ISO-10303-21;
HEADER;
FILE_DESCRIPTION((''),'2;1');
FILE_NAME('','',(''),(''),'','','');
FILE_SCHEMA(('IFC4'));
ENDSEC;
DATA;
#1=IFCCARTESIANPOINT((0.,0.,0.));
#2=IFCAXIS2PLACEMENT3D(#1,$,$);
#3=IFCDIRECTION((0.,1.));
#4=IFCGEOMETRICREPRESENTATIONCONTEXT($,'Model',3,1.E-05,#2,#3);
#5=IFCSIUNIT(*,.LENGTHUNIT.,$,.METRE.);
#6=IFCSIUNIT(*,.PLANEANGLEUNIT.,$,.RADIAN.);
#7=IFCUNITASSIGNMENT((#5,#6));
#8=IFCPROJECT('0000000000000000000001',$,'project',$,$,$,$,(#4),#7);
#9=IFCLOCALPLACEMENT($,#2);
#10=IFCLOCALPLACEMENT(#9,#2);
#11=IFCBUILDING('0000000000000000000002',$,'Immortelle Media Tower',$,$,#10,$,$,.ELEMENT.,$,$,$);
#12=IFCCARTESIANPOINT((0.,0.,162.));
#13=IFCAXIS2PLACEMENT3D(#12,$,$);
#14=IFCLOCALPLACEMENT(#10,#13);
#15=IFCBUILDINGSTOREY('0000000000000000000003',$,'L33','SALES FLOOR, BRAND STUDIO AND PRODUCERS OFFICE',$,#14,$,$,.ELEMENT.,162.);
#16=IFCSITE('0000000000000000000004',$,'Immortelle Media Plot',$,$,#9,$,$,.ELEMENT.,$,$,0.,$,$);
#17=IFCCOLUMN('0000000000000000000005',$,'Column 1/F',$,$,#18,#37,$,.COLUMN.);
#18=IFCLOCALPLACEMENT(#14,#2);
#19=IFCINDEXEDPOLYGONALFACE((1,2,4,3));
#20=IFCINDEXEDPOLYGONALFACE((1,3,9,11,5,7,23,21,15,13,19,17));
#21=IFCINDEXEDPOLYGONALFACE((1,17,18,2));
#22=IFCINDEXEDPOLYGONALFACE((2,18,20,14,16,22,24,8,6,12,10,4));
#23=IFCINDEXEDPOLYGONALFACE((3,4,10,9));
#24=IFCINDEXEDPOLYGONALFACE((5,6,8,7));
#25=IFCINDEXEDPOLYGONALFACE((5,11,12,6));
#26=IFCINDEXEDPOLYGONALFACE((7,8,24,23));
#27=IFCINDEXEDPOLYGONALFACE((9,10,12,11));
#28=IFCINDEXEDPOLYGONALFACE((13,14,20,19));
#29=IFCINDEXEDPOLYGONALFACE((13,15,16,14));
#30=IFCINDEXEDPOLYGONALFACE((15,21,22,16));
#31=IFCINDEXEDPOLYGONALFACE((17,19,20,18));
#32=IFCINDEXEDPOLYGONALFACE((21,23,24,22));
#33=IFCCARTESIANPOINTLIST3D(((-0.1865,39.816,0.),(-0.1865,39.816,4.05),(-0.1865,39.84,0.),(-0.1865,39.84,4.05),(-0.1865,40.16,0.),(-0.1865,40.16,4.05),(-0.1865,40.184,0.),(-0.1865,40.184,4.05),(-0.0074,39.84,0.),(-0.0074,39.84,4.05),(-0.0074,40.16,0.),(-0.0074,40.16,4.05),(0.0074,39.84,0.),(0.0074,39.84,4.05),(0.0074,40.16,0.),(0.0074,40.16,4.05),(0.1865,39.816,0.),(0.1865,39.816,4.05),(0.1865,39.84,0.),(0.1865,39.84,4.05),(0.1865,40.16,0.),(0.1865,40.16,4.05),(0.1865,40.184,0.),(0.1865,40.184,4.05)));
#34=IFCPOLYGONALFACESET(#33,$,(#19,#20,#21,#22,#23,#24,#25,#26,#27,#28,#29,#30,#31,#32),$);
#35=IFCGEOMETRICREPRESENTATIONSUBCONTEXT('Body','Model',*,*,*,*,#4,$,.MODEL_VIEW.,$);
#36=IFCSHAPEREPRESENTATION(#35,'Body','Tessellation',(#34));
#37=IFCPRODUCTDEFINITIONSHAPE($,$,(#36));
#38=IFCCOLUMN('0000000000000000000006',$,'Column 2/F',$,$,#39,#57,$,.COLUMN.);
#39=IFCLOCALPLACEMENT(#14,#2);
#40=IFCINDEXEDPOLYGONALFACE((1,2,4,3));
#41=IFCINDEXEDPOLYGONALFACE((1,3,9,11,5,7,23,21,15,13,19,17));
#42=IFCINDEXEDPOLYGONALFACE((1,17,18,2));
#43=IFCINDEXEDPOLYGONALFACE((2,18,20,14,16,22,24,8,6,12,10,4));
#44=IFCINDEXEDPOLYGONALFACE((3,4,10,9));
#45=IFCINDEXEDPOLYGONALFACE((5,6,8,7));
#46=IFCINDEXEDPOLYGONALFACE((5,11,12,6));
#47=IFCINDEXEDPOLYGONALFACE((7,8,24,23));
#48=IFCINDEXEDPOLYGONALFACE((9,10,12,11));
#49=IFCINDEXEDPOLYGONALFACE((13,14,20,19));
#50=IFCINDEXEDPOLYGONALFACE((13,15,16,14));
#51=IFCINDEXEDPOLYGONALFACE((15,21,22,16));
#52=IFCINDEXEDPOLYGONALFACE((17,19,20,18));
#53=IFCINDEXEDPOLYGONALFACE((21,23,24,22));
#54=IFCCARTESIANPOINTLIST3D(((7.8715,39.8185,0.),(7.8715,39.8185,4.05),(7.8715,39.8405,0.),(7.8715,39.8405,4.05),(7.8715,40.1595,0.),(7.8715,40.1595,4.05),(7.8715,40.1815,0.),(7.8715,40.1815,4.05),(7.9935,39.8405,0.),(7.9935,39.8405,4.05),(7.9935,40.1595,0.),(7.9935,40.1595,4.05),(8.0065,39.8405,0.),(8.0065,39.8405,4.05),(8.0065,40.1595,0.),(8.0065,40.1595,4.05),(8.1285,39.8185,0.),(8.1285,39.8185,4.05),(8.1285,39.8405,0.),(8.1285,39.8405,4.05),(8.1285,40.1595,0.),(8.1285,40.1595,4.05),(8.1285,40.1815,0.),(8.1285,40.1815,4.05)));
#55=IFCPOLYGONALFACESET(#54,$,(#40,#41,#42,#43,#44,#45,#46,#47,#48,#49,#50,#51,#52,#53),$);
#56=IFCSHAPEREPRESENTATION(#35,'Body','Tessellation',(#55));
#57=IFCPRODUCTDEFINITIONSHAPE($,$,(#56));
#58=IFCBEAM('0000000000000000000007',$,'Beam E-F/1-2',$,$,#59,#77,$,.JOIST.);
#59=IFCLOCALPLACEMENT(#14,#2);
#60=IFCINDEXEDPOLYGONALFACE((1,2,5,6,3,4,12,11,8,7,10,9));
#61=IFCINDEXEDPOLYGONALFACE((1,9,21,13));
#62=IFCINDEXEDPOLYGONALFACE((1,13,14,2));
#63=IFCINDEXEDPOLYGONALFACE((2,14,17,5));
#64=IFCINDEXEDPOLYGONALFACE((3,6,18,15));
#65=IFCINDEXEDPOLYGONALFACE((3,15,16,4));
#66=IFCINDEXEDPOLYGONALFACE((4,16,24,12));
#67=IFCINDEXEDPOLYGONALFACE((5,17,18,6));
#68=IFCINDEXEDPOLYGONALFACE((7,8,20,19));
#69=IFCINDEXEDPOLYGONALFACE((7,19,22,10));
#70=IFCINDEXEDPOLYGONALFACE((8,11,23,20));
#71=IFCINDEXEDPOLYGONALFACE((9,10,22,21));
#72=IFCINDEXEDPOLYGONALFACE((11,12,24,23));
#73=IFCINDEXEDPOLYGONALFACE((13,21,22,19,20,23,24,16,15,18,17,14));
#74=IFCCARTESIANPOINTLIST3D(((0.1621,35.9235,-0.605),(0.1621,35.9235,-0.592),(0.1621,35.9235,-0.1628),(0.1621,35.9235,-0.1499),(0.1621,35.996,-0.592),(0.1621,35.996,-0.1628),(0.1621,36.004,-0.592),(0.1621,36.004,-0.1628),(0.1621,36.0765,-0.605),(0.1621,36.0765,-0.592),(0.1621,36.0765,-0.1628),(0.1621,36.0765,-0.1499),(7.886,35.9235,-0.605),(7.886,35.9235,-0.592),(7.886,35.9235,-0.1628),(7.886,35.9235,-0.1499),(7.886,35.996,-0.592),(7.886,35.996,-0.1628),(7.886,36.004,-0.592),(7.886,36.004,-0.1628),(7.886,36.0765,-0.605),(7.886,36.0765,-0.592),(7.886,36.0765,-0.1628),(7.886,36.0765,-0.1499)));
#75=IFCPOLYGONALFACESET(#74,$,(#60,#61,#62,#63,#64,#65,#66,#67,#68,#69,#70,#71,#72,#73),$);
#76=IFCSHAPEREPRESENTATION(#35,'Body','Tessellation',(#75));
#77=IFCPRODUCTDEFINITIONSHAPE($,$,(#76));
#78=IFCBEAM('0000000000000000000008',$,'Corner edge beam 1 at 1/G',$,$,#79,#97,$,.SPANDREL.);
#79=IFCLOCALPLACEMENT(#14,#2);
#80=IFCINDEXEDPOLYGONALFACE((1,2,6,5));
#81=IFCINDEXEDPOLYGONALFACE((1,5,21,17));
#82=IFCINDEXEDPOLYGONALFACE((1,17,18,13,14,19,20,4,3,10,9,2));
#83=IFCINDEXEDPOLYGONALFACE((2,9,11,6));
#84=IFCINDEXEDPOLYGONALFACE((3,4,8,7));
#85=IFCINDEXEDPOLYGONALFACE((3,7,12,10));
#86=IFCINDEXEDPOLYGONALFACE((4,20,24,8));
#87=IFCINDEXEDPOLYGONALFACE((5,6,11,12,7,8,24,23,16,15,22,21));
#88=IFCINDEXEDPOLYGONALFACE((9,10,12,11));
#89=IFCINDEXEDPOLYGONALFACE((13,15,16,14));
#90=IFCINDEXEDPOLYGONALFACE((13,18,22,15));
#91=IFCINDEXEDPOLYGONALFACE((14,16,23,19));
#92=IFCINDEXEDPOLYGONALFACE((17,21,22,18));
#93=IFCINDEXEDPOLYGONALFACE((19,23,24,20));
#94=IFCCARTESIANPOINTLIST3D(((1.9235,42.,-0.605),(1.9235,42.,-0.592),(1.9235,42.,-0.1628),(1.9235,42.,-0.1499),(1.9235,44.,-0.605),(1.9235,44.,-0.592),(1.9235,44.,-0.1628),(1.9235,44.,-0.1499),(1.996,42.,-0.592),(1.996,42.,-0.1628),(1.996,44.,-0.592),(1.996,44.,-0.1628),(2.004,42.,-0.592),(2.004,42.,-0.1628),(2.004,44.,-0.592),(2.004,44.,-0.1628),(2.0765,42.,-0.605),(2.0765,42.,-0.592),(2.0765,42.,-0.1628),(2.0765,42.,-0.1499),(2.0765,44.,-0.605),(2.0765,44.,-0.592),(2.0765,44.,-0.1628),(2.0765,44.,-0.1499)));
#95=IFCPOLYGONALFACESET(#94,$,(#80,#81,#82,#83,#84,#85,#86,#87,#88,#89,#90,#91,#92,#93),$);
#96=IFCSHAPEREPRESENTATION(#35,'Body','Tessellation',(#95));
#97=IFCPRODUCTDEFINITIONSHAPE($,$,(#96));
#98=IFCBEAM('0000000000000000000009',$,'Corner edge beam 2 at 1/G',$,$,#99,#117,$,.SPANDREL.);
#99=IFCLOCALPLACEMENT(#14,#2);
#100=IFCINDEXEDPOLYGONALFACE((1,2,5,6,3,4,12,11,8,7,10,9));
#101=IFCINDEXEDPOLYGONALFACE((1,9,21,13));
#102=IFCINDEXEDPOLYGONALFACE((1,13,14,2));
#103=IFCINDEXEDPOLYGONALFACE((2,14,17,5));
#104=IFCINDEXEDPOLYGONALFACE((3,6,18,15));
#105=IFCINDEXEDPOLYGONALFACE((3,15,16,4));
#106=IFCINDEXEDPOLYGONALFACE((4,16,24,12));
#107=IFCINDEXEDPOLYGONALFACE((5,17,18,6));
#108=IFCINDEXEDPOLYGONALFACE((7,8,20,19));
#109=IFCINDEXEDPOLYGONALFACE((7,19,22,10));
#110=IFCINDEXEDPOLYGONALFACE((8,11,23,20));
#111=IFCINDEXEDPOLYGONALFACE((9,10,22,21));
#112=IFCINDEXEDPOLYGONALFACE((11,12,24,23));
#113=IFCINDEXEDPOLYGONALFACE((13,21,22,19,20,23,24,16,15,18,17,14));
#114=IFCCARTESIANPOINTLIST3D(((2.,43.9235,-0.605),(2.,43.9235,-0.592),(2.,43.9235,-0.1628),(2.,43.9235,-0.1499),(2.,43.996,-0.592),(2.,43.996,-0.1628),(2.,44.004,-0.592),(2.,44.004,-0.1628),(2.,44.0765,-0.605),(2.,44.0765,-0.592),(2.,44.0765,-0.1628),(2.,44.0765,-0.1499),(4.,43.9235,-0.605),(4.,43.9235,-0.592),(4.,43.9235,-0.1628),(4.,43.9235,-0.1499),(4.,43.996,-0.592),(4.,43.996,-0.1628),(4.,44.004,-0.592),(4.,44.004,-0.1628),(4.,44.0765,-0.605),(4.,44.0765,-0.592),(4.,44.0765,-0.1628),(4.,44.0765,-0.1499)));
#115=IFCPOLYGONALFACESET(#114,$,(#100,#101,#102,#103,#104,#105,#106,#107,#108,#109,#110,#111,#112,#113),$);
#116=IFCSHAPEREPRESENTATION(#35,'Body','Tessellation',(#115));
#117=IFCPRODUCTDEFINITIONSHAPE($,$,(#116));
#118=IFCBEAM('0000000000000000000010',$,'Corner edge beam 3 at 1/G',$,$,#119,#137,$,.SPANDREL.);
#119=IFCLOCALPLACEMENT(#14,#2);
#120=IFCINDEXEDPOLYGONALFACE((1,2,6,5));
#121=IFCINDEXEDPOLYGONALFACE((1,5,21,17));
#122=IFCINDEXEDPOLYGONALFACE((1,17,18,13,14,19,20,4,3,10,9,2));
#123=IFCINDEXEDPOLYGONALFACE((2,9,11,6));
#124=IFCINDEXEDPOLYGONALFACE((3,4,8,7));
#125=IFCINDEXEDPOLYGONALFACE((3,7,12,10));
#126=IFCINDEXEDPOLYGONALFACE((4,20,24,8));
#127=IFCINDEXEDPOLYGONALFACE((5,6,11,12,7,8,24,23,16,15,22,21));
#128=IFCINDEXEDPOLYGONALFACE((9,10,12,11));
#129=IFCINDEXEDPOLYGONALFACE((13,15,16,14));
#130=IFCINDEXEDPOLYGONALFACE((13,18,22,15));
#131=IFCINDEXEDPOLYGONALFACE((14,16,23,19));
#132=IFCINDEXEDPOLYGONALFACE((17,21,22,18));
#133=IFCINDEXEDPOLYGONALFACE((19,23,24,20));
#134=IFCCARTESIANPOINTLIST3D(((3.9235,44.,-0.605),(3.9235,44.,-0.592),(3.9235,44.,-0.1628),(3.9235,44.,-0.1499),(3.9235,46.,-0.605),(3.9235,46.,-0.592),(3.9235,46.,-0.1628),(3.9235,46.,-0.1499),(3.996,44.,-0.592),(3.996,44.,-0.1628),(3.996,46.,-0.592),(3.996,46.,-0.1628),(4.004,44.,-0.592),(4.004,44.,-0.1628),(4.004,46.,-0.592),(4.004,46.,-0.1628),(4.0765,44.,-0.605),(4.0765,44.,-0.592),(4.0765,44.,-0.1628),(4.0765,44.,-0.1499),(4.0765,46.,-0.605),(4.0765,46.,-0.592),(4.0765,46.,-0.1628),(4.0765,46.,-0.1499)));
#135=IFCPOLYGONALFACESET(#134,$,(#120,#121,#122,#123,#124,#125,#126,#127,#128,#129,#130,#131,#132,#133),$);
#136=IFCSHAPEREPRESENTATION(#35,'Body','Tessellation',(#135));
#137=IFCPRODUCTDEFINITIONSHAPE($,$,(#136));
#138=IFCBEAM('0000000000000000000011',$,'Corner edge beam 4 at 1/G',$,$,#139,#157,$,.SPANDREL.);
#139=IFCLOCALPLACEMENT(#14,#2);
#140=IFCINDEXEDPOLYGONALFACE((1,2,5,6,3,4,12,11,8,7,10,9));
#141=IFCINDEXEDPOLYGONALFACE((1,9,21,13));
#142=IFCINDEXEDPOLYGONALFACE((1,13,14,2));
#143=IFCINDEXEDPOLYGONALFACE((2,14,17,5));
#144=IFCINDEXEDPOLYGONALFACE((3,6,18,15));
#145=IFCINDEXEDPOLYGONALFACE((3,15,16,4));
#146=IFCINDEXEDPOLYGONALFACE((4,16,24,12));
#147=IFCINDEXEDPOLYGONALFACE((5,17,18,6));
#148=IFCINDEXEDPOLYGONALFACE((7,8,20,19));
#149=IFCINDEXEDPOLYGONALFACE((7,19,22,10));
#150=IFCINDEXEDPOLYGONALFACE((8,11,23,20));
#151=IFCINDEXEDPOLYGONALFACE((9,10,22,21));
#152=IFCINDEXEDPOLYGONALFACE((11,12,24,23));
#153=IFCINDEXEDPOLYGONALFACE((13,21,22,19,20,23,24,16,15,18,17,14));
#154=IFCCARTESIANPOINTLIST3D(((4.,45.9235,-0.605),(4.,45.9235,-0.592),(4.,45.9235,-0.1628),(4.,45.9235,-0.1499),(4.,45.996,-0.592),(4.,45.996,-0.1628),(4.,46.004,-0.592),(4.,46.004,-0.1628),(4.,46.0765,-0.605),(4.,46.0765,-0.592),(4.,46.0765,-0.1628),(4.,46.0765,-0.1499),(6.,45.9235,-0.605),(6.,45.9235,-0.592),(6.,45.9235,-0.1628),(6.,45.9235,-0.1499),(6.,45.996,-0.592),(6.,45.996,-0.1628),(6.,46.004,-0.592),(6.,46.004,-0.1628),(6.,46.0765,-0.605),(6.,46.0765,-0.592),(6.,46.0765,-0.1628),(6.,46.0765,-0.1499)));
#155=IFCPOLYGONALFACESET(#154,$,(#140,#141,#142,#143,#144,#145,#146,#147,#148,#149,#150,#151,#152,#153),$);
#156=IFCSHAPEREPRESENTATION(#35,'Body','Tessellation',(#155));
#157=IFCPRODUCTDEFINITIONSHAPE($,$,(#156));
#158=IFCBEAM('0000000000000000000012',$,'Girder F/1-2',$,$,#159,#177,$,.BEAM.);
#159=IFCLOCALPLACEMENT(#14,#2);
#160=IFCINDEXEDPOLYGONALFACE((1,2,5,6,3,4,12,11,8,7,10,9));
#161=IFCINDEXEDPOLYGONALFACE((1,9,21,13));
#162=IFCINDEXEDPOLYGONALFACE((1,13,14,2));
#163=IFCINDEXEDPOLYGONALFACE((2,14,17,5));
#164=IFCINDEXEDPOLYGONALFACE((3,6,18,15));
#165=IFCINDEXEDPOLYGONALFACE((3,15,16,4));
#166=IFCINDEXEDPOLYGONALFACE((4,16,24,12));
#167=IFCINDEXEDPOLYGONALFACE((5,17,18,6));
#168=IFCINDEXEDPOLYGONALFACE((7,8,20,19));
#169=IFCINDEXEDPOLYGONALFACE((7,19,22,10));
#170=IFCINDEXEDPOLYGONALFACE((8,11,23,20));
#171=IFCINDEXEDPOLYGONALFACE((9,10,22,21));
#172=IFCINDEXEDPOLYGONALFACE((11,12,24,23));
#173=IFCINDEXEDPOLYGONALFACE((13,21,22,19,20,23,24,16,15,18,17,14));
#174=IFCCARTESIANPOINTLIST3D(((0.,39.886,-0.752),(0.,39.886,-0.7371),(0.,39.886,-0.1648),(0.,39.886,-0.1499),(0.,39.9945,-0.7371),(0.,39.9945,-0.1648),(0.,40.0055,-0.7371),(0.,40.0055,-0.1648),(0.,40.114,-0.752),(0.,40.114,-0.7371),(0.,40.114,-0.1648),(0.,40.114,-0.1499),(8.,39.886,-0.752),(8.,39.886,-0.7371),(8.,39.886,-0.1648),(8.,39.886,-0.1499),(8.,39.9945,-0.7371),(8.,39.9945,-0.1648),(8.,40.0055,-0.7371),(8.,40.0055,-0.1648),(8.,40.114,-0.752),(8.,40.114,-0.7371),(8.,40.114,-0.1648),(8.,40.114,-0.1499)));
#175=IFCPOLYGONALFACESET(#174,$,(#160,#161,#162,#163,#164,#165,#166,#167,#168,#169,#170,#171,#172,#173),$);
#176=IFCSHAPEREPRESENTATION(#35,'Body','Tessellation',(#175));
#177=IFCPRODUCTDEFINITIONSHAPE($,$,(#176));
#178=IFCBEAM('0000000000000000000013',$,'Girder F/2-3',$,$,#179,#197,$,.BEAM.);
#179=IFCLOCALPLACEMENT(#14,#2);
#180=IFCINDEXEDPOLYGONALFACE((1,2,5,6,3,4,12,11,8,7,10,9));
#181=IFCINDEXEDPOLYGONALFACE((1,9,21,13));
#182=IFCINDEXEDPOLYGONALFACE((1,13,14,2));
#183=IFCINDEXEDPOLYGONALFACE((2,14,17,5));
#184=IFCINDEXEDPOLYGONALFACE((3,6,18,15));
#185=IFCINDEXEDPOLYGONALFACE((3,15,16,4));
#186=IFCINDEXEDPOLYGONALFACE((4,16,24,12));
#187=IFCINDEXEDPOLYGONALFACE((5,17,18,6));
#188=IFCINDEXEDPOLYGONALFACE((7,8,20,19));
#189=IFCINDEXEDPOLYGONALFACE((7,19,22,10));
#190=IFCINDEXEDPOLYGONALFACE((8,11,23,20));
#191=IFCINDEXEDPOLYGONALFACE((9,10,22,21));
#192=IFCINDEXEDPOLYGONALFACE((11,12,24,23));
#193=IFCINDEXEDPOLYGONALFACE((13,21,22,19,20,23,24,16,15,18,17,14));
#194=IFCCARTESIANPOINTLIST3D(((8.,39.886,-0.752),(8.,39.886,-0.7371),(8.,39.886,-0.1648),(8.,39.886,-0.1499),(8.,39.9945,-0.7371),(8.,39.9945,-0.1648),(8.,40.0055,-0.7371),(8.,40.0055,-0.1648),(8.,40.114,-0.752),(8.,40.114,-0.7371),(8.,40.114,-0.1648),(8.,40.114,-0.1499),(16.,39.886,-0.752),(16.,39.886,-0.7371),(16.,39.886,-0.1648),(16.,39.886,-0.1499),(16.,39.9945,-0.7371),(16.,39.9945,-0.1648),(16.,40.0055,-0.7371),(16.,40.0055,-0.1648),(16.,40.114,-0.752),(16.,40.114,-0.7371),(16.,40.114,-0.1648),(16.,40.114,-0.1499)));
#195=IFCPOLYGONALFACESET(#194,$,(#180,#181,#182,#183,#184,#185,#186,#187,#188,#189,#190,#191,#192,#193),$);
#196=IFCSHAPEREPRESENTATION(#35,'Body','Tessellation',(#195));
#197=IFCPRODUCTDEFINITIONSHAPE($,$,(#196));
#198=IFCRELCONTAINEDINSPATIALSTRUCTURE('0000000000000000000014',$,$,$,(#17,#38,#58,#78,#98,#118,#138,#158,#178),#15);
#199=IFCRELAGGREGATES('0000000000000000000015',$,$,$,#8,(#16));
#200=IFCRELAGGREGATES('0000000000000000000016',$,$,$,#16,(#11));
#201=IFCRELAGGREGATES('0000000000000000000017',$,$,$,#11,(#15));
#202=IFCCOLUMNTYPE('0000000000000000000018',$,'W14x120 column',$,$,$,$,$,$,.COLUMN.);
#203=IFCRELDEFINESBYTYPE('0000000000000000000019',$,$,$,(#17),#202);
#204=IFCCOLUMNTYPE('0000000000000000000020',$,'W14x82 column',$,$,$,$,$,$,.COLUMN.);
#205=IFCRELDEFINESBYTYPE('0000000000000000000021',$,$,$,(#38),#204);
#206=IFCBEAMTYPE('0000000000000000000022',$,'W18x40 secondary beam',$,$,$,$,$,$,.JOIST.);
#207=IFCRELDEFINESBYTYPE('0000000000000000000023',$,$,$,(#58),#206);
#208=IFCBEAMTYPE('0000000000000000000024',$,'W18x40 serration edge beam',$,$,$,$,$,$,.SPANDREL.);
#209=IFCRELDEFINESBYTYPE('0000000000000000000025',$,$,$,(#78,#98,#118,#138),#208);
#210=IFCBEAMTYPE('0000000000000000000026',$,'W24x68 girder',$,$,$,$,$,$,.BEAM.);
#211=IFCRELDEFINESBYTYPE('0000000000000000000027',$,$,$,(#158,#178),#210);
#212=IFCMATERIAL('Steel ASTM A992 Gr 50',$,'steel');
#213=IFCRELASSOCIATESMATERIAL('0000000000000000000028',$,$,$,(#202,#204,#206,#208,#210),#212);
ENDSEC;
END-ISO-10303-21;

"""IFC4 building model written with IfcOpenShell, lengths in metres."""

from ifc_helpers import new_model, si_unit, direction, frame, origin, origin_2d, place, context, subcontext, project, spatial, i_section, extrude, material, material_profile, profile_set, type_object, element, save


model = new_model("IFC4")

# Units and contexts
model_context = context("Model", 3, precision=1e-05, world=origin(), true_north=direction((0.0, 1.0)))
body_context = subcontext(model_context, "Body", "Model", "MODEL_VIEW")
ifc_project = project(units=[si_unit("LENGTHUNIT", "METRE"), si_unit("PLANEANGLEUNIT", "RADIAN")], contexts=[model_context])

# Site, building, storey
site_placement = place(None, origin())
site = spatial("IfcSite", under=ifc_project, at=site_placement, Name="Immortelle Media Plot", CompositionType="ELEMENT", RefElevation=0.0)
building_placement = place(site_placement, origin())
building = spatial("IfcBuilding", under=site, at=building_placement, Name="Immortelle Media Tower", CompositionType="ELEMENT")
storey_placement = place(building_placement, frame((0.0, 0.0, 162.0)))
storey = spatial("IfcBuildingStorey", under=building, at=storey_placement, Name="L33", Description="SALES FLOOR, BRAND STUDIO AND PRODUCERS OFFICE", CompositionType="ELEMENT", Elevation=162.0)

# Columns
ifc_material_1 = material(Name="Steel ASTM A992 Gr 50", Category="steel")
ifc_material_profile_1 = material_profile(ifc_material_1, i_section(OverallWidth=0.373, OverallDepth=0.3679, WebThickness=0.0149, FlangeThickness=0.0239, at=origin_2d()), Name="W14x120")
ifc_profile_set_1 = profile_set([ifc_material_profile_1], Name="Steel ASTM A992 Gr 50")
column_type_1 = type_object("IfcColumnType", Name="W14x120 column", PredefinedType="COLUMN", material=ifc_profile_set_1)
column_1_placement = place(storey_placement, frame((0.0, 40.0, 0.0), z_axis=(0.0, 0.0, 1.0), x_axis=(1.0, 0.0, 0.0)))
element("IfcColumn", 1, at=column_1_placement, inside=storey, type_object=column_type_1, Name="Column 1/F", PredefinedType="COLUMN", context=body_context, shape_type="SweptSolid", body=[
    extrude(i_section(OverallWidth=0.373, OverallDepth=0.3679, WebThickness=0.0149, FlangeThickness=0.0239, at=origin_2d()), origin(), (0.0, 0.0, 1.0), 4.05),
])
ifc_material_profile_2 = material_profile(ifc_material_1, i_section(OverallWidth=0.2571, OverallDepth=0.363, WebThickness=0.0129, FlangeThickness=0.022, at=origin_2d()), Name="W14x82")
ifc_profile_set_2 = profile_set([ifc_material_profile_2], Name="Steel ASTM A992 Gr 50")
column_type_2 = type_object("IfcColumnType", Name="W14x82 column", PredefinedType="COLUMN", material=ifc_profile_set_2)
column_2_placement = place(storey_placement, frame((8.0, 40.0, 0.0), z_axis=(0.0, 0.0, 1.0), x_axis=(1.0, 0.0, 0.0)))
element("IfcColumn", 2, at=column_2_placement, inside=storey, type_object=column_type_2, Name="Column 2/F", PredefinedType="COLUMN", context=body_context, shape_type="SweptSolid", body=[
    extrude(i_section(OverallWidth=0.2571, OverallDepth=0.363, WebThickness=0.0129, FlangeThickness=0.022, at=origin_2d()), origin(), (0.0, 0.0, 1.0), 4.05),
])

# Beams
ifc_material_profile_3 = material_profile(ifc_material_1, i_section(OverallWidth=0.1531, OverallDepth=0.4551, WebThickness=0.0081, FlangeThickness=0.0129, at=origin_2d()), Name="W18x40")
ifc_profile_set_3 = profile_set([ifc_material_profile_3], Name="Steel ASTM A992 Gr 50")
beam_type_1 = type_object("IfcBeamType", Name="W18x40 secondary beam", PredefinedType="JOIST", material=ifc_profile_set_3)
beam_1_placement = place(storey_placement, frame((0.1621, 36.0, -0.3774), z_axis=(1.0, 0.0, 0.0), x_axis=(0.0, 1.0, 0.0)))
element("IfcBeam", 3, at=beam_1_placement, inside=storey, type_object=beam_type_1, Name="Beam E-F/1-2", PredefinedType="JOIST", context=body_context, shape_type="SweptSolid", body=[
    extrude(i_section(OverallWidth=0.1531, OverallDepth=0.4551, WebThickness=0.0081, FlangeThickness=0.0129, at=origin_2d()), origin(), (0.0, 0.0, 1.0), 7.7239),
])
ifc_material_profile_4 = material_profile(ifc_material_1, i_section(OverallWidth=0.1531, OverallDepth=0.4551, WebThickness=0.0081, FlangeThickness=0.0129, at=origin_2d()), Name="W18x40")
ifc_profile_set_4 = profile_set([ifc_material_profile_4], Name="Steel ASTM A992 Gr 50")
beam_type_2 = type_object("IfcBeamType", Name="W18x40 serration edge beam", PredefinedType="SPANDREL", material=ifc_profile_set_4)
for number, where, z_axis, x_axis, name in (
    (4, (2.0, 42.0, -0.3774), (0.0, 1.0, 0.0), (-1.0, 0.0, 0.0), "Corner edge beam 1 at 1/G"),
    (5, (2.0, 44.0, -0.3774), (1.0, 0.0, 0.0), (0.0, 1.0, 0.0), "Corner edge beam 2 at 1/G"),
    (6, (4.0, 44.0, -0.3774), (0.0, 1.0, 0.0), (-1.0, 0.0, 0.0), "Corner edge beam 3 at 1/G"),
    (7, (4.0, 46.0, -0.3774), (1.0, 0.0, 0.0), (0.0, 1.0, 0.0), "Corner edge beam 4 at 1/G"),
):
    element("IfcBeam", number, at=place(storey_placement, frame(where, z_axis=z_axis, x_axis=x_axis)), inside=storey, type_object=beam_type_2, Name=name, PredefinedType="SPANDREL", context=body_context, shape_type="SweptSolid", body=[
        extrude(i_section(OverallWidth=0.1531, OverallDepth=0.4551, WebThickness=0.0081, FlangeThickness=0.0129, at=origin_2d()), origin(), (0.0, 0.0, 1.0), 2.0),
    ])
ifc_material_profile_5 = material_profile(ifc_material_1, i_section(OverallWidth=0.228, OverallDepth=0.6021, WebThickness=0.011, FlangeThickness=0.0149, at=origin_2d()), Name="W24x68")
ifc_profile_set_5 = profile_set([ifc_material_profile_5], Name="Steel ASTM A992 Gr 50")
beam_type_3 = type_object("IfcBeamType", Name="W24x68 girder", PredefinedType="BEAM", material=ifc_profile_set_5)
for number, where, z_axis, x_axis, name in (
    (8, (0.0, 40.0, -0.4509), (1.0, 0.0, 0.0), (0.0, 1.0, 0.0), "Girder F/1-2"),
    (9, (8.0, 40.0, -0.4509), (1.0, 0.0, 0.0), (0.0, 1.0, 0.0), "Girder F/2-3"),
):
    element("IfcBeam", number, at=place(storey_placement, frame(where, z_axis=z_axis, x_axis=x_axis)), inside=storey, type_object=beam_type_3, Name=name, PredefinedType="BEAM", context=body_context, shape_type="SweptSolid", body=[
        extrude(i_section(OverallWidth=0.228, OverallDepth=0.6021, WebThickness=0.011, FlangeThickness=0.0149, at=origin_2d()), origin(), (0.0, 0.0, 1.0), 8.0),
    ])

save(model, "model.ifc")
